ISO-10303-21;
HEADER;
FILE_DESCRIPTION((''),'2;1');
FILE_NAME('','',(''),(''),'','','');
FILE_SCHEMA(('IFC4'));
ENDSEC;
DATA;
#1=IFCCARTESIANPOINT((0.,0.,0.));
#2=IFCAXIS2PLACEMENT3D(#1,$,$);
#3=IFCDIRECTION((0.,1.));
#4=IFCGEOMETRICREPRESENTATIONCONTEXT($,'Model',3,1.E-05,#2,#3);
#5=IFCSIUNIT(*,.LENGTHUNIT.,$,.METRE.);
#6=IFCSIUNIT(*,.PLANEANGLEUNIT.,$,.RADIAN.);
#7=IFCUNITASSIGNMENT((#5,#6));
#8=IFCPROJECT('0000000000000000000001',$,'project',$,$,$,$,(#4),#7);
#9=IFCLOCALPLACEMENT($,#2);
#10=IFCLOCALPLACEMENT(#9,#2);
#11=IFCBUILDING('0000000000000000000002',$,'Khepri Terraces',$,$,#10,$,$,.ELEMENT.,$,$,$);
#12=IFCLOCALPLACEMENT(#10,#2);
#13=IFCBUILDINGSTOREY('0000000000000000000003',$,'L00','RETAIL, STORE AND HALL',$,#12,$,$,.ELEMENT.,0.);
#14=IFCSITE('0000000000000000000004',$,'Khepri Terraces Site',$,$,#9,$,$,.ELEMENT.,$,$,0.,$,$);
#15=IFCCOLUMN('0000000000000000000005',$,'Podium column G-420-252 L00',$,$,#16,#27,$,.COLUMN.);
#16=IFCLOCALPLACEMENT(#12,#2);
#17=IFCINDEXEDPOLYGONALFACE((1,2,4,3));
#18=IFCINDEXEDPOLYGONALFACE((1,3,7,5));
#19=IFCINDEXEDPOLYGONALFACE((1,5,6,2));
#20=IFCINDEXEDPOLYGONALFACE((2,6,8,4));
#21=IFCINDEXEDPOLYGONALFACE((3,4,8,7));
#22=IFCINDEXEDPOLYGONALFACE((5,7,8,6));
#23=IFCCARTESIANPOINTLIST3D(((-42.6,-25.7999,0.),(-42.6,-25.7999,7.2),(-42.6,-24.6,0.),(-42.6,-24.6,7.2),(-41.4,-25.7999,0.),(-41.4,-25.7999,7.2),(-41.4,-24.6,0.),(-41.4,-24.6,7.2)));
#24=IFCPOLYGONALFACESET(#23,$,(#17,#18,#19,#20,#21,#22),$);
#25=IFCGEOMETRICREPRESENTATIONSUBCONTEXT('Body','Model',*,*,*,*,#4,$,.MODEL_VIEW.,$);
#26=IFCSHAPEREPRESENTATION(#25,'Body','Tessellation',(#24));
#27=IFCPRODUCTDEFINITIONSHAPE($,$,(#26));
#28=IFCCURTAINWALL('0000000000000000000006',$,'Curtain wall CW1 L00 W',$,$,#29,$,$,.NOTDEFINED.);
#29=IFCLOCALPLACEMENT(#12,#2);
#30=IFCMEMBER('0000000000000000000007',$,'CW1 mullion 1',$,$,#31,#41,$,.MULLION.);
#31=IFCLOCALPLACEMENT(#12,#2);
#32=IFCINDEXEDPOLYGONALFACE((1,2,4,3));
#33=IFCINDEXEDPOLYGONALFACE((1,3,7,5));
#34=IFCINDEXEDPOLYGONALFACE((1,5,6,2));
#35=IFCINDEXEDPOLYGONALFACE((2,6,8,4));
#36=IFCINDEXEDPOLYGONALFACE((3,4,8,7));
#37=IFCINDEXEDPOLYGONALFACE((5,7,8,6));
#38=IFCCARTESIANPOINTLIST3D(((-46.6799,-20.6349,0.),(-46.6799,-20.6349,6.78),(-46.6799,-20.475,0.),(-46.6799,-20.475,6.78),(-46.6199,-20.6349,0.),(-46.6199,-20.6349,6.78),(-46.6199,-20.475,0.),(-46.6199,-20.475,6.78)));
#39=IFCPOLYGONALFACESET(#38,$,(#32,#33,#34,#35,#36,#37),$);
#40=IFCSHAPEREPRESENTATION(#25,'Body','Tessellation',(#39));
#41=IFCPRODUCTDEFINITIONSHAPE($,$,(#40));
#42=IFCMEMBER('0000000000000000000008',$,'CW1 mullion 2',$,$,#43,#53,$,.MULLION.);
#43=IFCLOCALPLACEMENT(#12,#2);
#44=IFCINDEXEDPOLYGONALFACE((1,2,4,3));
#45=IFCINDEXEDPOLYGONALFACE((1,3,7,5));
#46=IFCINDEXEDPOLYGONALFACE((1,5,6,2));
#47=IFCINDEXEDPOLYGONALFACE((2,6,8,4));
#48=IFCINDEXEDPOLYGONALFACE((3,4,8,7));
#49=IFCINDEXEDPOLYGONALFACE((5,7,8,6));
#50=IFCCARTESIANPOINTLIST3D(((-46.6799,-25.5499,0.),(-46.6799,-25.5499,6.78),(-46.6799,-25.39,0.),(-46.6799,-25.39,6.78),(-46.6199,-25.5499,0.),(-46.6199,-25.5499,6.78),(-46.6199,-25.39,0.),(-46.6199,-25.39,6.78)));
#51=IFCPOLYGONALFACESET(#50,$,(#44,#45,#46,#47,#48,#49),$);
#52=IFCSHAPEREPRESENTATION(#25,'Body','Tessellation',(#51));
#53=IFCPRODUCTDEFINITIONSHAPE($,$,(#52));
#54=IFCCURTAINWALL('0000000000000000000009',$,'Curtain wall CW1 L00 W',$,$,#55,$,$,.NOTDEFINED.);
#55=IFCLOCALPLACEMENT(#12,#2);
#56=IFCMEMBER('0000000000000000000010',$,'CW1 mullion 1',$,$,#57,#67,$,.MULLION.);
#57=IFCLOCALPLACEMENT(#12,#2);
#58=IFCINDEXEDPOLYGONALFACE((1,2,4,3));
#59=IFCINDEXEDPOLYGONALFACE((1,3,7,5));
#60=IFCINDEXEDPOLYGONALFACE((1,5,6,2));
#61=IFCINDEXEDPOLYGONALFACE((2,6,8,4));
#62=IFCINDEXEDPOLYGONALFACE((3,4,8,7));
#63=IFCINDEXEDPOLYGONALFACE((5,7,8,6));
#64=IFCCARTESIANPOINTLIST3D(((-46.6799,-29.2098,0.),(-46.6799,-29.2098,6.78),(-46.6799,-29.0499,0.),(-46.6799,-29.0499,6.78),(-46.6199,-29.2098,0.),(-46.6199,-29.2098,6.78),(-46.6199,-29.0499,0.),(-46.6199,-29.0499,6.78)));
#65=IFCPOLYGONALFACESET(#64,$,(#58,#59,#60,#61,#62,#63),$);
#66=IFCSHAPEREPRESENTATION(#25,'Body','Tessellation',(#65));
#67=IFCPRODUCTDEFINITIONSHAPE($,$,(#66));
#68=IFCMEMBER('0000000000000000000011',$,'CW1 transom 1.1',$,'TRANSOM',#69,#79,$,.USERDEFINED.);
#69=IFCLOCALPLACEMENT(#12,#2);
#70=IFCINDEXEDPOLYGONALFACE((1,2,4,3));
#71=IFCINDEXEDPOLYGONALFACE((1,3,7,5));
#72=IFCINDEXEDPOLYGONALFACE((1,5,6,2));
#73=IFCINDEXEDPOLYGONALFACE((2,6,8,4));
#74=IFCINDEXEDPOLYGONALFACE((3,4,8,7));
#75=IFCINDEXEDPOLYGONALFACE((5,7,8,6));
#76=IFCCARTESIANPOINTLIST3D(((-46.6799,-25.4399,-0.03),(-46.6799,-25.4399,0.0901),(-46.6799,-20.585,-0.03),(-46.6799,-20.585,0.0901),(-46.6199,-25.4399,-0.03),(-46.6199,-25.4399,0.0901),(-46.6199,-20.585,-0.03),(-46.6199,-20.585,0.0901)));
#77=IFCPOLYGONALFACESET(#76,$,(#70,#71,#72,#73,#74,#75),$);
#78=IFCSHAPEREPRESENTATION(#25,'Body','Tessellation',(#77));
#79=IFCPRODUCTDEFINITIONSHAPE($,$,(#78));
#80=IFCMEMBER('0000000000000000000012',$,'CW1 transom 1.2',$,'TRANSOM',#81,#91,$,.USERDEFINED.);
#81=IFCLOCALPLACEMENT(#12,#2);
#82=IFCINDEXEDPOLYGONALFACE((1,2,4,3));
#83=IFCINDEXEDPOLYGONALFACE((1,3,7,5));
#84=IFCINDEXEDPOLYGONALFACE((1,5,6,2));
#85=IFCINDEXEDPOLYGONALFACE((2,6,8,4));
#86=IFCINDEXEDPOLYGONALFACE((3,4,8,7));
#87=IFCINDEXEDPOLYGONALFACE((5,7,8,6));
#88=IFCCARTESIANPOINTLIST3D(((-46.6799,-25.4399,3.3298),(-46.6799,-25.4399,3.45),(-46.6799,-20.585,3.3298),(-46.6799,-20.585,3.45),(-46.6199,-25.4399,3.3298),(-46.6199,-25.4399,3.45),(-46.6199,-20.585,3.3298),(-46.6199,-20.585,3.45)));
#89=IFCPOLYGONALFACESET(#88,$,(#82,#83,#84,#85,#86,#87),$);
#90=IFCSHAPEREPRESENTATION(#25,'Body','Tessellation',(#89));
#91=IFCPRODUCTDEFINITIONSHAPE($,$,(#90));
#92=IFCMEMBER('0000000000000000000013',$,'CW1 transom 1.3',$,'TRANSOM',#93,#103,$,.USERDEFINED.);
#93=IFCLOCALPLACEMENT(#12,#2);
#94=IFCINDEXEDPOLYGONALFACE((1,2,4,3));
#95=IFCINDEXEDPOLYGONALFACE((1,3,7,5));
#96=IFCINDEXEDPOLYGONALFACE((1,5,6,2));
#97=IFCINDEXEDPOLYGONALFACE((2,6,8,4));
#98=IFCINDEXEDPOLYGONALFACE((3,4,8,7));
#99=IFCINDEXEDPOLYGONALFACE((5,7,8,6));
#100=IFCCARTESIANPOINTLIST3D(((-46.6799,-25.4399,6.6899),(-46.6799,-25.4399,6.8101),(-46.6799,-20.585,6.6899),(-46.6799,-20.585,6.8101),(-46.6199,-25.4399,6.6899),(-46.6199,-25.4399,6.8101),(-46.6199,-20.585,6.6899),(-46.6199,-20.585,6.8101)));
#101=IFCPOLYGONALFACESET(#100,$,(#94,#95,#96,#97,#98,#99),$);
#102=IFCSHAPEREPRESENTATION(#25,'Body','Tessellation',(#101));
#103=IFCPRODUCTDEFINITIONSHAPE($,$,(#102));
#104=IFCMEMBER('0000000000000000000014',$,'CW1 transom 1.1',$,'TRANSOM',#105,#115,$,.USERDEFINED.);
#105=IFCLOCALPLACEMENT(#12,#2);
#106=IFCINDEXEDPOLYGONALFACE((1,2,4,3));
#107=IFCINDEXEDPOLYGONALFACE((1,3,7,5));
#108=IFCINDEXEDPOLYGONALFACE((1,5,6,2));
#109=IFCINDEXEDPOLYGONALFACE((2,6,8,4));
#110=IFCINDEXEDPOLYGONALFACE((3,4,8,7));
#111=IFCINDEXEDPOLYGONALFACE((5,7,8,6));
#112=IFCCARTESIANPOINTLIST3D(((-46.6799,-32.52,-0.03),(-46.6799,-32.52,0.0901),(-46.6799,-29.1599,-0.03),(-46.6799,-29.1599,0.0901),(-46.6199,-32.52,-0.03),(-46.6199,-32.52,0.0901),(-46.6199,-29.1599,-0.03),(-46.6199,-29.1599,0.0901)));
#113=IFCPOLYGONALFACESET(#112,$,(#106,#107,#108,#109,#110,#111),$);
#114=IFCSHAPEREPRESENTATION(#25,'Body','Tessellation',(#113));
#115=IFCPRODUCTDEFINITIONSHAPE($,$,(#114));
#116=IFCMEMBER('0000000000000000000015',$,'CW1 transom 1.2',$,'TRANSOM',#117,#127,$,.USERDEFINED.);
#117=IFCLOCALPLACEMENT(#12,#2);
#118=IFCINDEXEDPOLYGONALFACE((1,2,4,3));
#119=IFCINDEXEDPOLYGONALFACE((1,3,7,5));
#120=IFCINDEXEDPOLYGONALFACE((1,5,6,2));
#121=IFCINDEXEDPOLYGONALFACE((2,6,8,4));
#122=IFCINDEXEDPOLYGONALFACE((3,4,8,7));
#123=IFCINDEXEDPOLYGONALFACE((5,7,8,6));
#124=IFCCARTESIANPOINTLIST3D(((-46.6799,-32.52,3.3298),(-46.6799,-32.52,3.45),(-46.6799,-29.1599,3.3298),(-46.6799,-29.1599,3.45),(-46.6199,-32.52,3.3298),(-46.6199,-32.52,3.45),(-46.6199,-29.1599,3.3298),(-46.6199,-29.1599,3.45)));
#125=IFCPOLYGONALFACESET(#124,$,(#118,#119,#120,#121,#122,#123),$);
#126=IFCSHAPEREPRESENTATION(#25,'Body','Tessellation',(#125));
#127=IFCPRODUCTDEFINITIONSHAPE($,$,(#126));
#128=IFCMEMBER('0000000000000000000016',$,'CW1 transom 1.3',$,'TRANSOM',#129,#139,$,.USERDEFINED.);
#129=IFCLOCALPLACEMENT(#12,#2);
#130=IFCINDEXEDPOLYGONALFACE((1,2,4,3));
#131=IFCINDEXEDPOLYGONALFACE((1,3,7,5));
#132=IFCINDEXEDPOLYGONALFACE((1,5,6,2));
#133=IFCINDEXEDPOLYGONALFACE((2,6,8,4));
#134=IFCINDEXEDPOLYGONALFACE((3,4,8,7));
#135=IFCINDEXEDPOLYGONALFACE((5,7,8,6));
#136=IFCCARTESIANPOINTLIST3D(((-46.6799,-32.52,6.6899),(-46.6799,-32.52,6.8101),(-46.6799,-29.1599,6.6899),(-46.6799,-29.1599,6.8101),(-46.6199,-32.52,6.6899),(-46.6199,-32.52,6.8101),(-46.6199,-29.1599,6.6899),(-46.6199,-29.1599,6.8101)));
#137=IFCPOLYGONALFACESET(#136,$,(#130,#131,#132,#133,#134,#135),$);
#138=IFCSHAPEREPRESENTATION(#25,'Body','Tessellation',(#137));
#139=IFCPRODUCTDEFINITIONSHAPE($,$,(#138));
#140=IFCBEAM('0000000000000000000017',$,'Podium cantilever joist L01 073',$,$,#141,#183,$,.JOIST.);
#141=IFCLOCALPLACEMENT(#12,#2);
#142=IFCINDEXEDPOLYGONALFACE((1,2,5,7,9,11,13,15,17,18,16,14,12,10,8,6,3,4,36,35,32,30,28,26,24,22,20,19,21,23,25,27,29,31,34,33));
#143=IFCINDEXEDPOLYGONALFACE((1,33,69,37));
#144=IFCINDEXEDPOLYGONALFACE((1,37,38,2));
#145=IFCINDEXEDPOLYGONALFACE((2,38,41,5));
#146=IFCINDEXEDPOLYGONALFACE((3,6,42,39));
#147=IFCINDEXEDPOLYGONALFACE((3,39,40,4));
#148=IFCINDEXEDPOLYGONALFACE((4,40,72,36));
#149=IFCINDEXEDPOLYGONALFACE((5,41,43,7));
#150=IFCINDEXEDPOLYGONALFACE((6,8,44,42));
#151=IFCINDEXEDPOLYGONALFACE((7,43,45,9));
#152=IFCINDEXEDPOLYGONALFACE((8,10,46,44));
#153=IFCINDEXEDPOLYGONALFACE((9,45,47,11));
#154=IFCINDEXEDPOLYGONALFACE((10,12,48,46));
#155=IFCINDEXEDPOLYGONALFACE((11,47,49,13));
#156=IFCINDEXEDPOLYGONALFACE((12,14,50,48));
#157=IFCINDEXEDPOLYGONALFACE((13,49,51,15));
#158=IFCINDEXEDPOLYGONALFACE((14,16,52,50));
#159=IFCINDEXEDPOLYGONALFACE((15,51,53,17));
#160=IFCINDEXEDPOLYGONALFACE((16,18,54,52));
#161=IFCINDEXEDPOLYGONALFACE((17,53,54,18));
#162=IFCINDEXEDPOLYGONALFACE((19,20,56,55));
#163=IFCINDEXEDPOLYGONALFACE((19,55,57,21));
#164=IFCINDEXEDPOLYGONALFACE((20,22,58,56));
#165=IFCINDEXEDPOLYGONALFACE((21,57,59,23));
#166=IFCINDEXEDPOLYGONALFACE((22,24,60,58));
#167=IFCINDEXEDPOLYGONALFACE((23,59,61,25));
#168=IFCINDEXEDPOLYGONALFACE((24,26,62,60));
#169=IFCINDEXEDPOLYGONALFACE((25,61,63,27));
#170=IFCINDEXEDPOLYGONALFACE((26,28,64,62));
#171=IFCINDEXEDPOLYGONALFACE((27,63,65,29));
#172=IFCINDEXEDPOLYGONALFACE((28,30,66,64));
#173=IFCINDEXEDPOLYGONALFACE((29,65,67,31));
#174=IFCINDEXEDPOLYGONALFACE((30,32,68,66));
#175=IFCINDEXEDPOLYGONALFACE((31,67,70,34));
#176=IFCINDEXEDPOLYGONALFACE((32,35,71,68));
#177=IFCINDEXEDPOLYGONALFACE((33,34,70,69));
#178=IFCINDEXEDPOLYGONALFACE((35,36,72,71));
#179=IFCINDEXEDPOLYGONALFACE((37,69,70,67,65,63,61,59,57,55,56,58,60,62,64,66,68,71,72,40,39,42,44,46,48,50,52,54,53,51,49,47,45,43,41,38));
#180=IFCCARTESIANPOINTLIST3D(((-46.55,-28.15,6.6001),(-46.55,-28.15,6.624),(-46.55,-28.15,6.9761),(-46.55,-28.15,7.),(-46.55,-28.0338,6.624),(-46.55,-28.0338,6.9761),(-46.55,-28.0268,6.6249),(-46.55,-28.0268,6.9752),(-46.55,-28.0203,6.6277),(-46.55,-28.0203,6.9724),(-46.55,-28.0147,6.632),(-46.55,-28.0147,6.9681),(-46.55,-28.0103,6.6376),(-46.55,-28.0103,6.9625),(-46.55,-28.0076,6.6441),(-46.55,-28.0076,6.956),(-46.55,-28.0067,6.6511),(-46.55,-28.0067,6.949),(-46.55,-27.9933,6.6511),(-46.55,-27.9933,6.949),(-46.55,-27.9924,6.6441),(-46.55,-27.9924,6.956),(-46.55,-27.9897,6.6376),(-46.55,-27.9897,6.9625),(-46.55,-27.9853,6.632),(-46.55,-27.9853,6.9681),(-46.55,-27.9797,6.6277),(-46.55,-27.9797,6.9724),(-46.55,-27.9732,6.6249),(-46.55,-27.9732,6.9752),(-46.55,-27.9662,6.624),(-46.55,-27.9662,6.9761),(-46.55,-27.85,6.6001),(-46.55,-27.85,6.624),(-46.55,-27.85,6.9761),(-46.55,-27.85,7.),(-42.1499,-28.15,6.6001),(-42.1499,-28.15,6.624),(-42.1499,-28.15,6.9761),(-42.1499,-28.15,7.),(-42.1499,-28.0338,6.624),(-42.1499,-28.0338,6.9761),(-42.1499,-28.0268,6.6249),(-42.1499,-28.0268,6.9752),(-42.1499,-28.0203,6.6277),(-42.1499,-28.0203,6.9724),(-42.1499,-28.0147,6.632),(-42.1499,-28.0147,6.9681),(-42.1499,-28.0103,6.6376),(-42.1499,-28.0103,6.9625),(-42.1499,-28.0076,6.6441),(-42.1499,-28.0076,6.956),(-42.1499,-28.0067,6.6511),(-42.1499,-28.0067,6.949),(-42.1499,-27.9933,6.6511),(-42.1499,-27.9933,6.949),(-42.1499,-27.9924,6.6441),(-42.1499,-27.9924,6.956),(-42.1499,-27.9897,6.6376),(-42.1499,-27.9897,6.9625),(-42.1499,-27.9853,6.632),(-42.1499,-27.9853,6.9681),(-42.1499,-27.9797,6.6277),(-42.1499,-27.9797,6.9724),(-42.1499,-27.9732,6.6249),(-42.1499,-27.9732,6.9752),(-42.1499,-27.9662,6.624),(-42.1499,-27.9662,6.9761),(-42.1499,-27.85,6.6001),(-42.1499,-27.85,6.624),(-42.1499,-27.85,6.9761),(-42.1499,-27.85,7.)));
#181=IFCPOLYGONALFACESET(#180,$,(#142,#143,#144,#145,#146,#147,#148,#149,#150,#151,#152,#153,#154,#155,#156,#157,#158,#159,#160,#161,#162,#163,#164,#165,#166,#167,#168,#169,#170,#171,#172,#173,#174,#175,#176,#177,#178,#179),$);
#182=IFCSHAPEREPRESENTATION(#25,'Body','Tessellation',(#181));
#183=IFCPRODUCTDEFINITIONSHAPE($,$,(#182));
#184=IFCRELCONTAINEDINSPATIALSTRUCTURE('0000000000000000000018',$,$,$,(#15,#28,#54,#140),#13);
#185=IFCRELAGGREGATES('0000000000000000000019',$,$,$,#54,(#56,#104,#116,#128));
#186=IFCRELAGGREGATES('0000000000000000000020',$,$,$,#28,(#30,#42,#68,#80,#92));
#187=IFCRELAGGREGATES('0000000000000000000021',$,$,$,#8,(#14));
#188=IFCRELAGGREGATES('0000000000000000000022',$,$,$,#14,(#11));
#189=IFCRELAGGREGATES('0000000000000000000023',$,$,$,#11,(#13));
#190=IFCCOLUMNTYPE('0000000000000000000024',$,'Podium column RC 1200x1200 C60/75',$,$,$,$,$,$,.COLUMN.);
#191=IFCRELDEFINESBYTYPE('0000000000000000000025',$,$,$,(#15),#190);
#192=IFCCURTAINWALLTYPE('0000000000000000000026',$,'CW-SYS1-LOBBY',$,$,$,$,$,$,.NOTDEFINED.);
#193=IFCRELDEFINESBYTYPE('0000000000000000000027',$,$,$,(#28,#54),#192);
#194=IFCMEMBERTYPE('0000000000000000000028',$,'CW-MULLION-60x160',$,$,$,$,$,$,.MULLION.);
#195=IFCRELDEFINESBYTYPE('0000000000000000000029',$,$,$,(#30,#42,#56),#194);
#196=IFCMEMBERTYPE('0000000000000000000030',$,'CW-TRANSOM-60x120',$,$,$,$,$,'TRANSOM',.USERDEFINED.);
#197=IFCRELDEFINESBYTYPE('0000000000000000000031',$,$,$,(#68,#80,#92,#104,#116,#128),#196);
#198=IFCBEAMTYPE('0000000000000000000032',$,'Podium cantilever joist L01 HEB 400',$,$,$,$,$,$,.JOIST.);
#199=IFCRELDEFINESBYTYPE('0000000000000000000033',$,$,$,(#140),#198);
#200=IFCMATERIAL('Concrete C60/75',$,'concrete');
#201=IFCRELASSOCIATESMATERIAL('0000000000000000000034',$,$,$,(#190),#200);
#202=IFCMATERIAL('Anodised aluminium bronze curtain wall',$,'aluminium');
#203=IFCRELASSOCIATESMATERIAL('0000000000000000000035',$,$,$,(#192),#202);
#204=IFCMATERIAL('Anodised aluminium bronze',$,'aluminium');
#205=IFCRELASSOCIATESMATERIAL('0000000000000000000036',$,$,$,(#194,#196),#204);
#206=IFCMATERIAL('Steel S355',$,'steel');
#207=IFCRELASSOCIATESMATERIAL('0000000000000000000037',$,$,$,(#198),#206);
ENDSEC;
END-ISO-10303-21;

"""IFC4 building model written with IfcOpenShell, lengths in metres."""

from ifc_helpers import new_model, si_unit, direction, frame, origin, origin_2d, place, context, subcontext, project, spatial, rectangle, i_section, extrude, material, material_profile, profile_set, type_object, element, aggregate, save


model = new_model("IFC4")

# Units and contexts
model_context = context("Model", 3, precision=1e-05, world=origin(), true_north=direction((0.0, 1.0)))
body_context = subcontext(model_context, "Body", "Model", "MODEL_VIEW")
ifc_project = project(units=[si_unit("LENGTHUNIT", "METRE"), si_unit("PLANEANGLEUNIT", "RADIAN")], contexts=[model_context])

# Site, building, storey
site_placement = place(None, origin())
site = spatial("IfcSite", under=ifc_project, at=site_placement, Name="Khepri Terraces Site", CompositionType="ELEMENT", RefElevation=0.0)
building_placement = place(site_placement, origin())
building = spatial("IfcBuilding", under=site, at=building_placement, Name="Khepri Terraces", CompositionType="ELEMENT")
storey_placement = place(building_placement, origin())
storey = spatial("IfcBuildingStorey", under=building, at=storey_placement, Name="L00", Description="RETAIL, STORE AND HALL", CompositionType="ELEMENT", Elevation=0.0)

# Column
ifc_material_1 = material(Name="Concrete C60/75", Category="concrete")
ifc_material_profile_1 = material_profile(ifc_material_1, rectangle(XDim=1.2, YDim=1.2, at=origin_2d()), Name="Concrete C60/75", Category="concrete")
ifc_profile_set_1 = profile_set([ifc_material_profile_1], Name="Concrete C60/75")
column_type = type_object("IfcColumnType", Name="Podium column RC 1200x1200 C60/75", PredefinedType="COLUMN", material=ifc_profile_set_1)
column_placement = place(storey_placement, frame((-42.0, -25.2, 0.0), z_axis=(0.0, 0.0, 1.0), x_axis=(1.0, 0.0, 0.0)))
element("IfcColumn", 1, at=column_placement, inside=storey, type_object=column_type, Name="Podium column G-420-252 L00", PredefinedType="COLUMN", context=body_context, shape_type="SweptSolid", body=[
    extrude(rectangle(XDim=1.2, YDim=1.2, at=origin_2d()), origin(), (0.0, 0.0, 1.0), 7.2),
])

# Curtain wall, members
ifc_material_2 = material(Name="Anodised aluminium bronze curtain wall", Category="aluminium")
curtain_wall_type = type_object("IfcCurtainWallType", Name="CW-SYS1-LOBBY", PredefinedType="NOTDEFINED", material=ifc_material_2)
curtain_wall_1_placement = place(storey_placement, origin())
curtain_wall_1 = element("IfcCurtainWall", 2, at=curtain_wall_1_placement, inside=storey, type_object=curtain_wall_type, Name="Curtain wall CW1 L00 W", PredefinedType="NOTDEFINED")
ifc_material_3 = material(Name="Anodised aluminium bronze", Category="aluminium")
ifc_material_profile_2 = material_profile(ifc_material_3, rectangle(XDim=0.0601, YDim=0.1599, at=origin_2d()), Name="Anodised aluminium bronze", Category="aluminium")
ifc_profile_set_2 = profile_set([ifc_material_profile_2], Name="Anodised aluminium bronze")
member_type_1 = type_object("IfcMemberType", Name="CW-MULLION-60x160", PredefinedType="MULLION", material=ifc_profile_set_2)
member_1_placement = place(storey_placement, frame((-46.6499, -20.5549, 0.0), z_axis=(0.0, 0.0, 1.0), x_axis=(1.0, 0.0, 0.0)))
member_1 = element("IfcMember", 3, at=member_1_placement, type_object=member_type_1, Name="CW1 mullion 1", PredefinedType="MULLION", context=body_context, shape_type="SweptSolid", body=[
    extrude(rectangle(XDim=0.0601, YDim=0.1599, at=origin_2d()), origin(), (0.0, 0.0, 1.0), 6.78),
])
member_2_placement = place(storey_placement, frame((-46.6499, -25.47, 0.0), z_axis=(0.0, 0.0, 1.0), x_axis=(1.0, 0.0, 0.0)))
member_2 = element("IfcMember", 4, at=member_2_placement, type_object=member_type_1, Name="CW1 mullion 2", PredefinedType="MULLION", context=body_context, shape_type="SweptSolid", body=[
    extrude(rectangle(XDim=0.0601, YDim=0.1599, at=origin_2d()), origin(), (0.0, 0.0, 1.0), 6.78),
])

# Curtain wall, member
curtain_wall_2_placement = place(storey_placement, origin())
curtain_wall_2 = element("IfcCurtainWall", 5, at=curtain_wall_2_placement, inside=storey, type_object=curtain_wall_type, Name="Curtain wall CW1 L00 W", PredefinedType="NOTDEFINED")
member_3_placement = place(storey_placement, frame((-46.6499, -29.1299, 0.0), z_axis=(0.0, 0.0, 1.0), x_axis=(1.0, 0.0, 0.0)))
member_3 = element("IfcMember", 6, at=member_3_placement, type_object=member_type_1, Name="CW1 mullion 1", PredefinedType="MULLION", context=body_context, shape_type="SweptSolid", body=[
    extrude(rectangle(XDim=0.0601, YDim=0.1599, at=origin_2d()), origin(), (0.0, 0.0, 1.0), 6.78),
])

# Members
ifc_material_profile_3 = material_profile(ifc_material_3, rectangle(XDim=0.0601, YDim=0.1201, at=origin_2d()), Name="Anodised aluminium bronze", Category="aluminium")
ifc_profile_set_3 = profile_set([ifc_material_profile_3], Name="Anodised aluminium bronze")
member_type_2 = type_object("IfcMemberType", Name="CW-TRANSOM-60x120", ElementType="TRANSOM", PredefinedType="USERDEFINED", material=ifc_profile_set_3)
member_4_placement = place(storey_placement, frame((-46.6499, -20.585, 0.03), z_axis=(0.0, -1.0, 0.0), x_axis=(1.0, 0.0, 0.0)))
member_4 = element("IfcMember", 7, at=member_4_placement, type_object=member_type_2, Name="CW1 transom 1.1", ObjectType="TRANSOM", PredefinedType="USERDEFINED", context=body_context, shape_type="SweptSolid", body=[
    extrude(rectangle(XDim=0.0601, YDim=0.1201, at=origin_2d()), origin(), (0.0, 0.0, 1.0), 4.855),
])
member_5_placement = place(storey_placement, frame((-46.6499, -20.585, 3.3899), z_axis=(0.0, -1.0, 0.0), x_axis=(1.0, 0.0, 0.0)))
member_5 = element("IfcMember", 8, at=member_5_placement, type_object=member_type_2, Name="CW1 transom 1.2", ObjectType="TRANSOM", PredefinedType="USERDEFINED", context=body_context, shape_type="SweptSolid", body=[
    extrude(rectangle(XDim=0.0601, YDim=0.1201, at=origin_2d()), origin(), (0.0, 0.0, 1.0), 4.855),
])
member_6_placement = place(storey_placement, frame((-46.6499, -20.585, 6.75), z_axis=(0.0, -1.0, 0.0), x_axis=(1.0, 0.0, 0.0)))
member_6 = element("IfcMember", 9, at=member_6_placement, type_object=member_type_2, Name="CW1 transom 1.3", ObjectType="TRANSOM", PredefinedType="USERDEFINED", context=body_context, shape_type="SweptSolid", body=[
    extrude(rectangle(XDim=0.0601, YDim=0.1201, at=origin_2d()), origin(), (0.0, 0.0, 1.0), 4.855),
])
member_7_placement = place(storey_placement, frame((-46.6499, -29.1599, 0.03), z_axis=(0.0, -1.0, 0.0), x_axis=(1.0, 0.0, 0.0)))
member_7 = element("IfcMember", 10, at=member_7_placement, type_object=member_type_2, Name="CW1 transom 1.1", ObjectType="TRANSOM", PredefinedType="USERDEFINED", context=body_context, shape_type="SweptSolid", body=[
    extrude(rectangle(XDim=0.0601, YDim=0.1201, at=origin_2d()), origin(), (0.0, 0.0, 1.0), 3.3601),
])
member_8_placement = place(storey_placement, frame((-46.6499, -29.1599, 3.3899), z_axis=(0.0, -1.0, 0.0), x_axis=(1.0, 0.0, 0.0)))
member_8 = element("IfcMember", 11, at=member_8_placement, type_object=member_type_2, Name="CW1 transom 1.2", ObjectType="TRANSOM", PredefinedType="USERDEFINED", context=body_context, shape_type="SweptSolid", body=[
    extrude(rectangle(XDim=0.0601, YDim=0.1201, at=origin_2d()), origin(), (0.0, 0.0, 1.0), 3.3601),
])
member_9_placement = place(storey_placement, frame((-46.6499, -29.1599, 6.75), z_axis=(0.0, -1.0, 0.0), x_axis=(1.0, 0.0, 0.0)))
member_9 = element("IfcMember", 12, at=member_9_placement, type_object=member_type_2, Name="CW1 transom 1.3", ObjectType="TRANSOM", PredefinedType="USERDEFINED", context=body_context, shape_type="SweptSolid", body=[
    extrude(rectangle(XDim=0.0601, YDim=0.1201, at=origin_2d()), origin(), (0.0, 0.0, 1.0), 3.3601),
])
aggregate(curtain_wall_2, [member_3, member_7, member_8, member_9])

# Beam
ifc_material_4 = material(Name="Steel S355", Category="steel")
ifc_material_profile_4 = material_profile(ifc_material_4, i_section(OverallWidth=0.3, OverallDepth=0.3999, WebThickness=0.0134, FlangeThickness=0.0239, FilletRadius=0.0271, at=origin_2d()), Name="Steel S355", Category="steel")
ifc_profile_set_4 = profile_set([ifc_material_profile_4], Name="Steel S355")
beam_type_1 = type_object("IfcBeamType", Name="Podium cantilever joist L01 HEB 400", PredefinedType="JOIST", material=ifc_profile_set_4)
for number, where, z_axis, x_axis, name in (
    (13, (-46.55, -28.0, 6.8), (1.0, 0.0, 0.0), (0.0, 1.0, 0.0), "Podium cantilever joist L01 073"),
):
    element("IfcBeam", number, at=place(storey_placement, frame(where, z_axis=z_axis, x_axis=x_axis)), inside=storey, type_object=beam_type_1, Name=name, PredefinedType="JOIST", context=body_context, shape_type="SweptSolid", body=[
        extrude(i_section(OverallWidth=0.3, OverallDepth=0.3999, WebThickness=0.0134, FlangeThickness=0.0239, FilletRadius=0.0271, at=origin_2d()), origin(), (0.0, 0.0, 1.0), 4.4001),
    ])

aggregate(curtain_wall_1, [member_1, member_2, member_4, member_5, member_6])

save(model, "model.ifc")
